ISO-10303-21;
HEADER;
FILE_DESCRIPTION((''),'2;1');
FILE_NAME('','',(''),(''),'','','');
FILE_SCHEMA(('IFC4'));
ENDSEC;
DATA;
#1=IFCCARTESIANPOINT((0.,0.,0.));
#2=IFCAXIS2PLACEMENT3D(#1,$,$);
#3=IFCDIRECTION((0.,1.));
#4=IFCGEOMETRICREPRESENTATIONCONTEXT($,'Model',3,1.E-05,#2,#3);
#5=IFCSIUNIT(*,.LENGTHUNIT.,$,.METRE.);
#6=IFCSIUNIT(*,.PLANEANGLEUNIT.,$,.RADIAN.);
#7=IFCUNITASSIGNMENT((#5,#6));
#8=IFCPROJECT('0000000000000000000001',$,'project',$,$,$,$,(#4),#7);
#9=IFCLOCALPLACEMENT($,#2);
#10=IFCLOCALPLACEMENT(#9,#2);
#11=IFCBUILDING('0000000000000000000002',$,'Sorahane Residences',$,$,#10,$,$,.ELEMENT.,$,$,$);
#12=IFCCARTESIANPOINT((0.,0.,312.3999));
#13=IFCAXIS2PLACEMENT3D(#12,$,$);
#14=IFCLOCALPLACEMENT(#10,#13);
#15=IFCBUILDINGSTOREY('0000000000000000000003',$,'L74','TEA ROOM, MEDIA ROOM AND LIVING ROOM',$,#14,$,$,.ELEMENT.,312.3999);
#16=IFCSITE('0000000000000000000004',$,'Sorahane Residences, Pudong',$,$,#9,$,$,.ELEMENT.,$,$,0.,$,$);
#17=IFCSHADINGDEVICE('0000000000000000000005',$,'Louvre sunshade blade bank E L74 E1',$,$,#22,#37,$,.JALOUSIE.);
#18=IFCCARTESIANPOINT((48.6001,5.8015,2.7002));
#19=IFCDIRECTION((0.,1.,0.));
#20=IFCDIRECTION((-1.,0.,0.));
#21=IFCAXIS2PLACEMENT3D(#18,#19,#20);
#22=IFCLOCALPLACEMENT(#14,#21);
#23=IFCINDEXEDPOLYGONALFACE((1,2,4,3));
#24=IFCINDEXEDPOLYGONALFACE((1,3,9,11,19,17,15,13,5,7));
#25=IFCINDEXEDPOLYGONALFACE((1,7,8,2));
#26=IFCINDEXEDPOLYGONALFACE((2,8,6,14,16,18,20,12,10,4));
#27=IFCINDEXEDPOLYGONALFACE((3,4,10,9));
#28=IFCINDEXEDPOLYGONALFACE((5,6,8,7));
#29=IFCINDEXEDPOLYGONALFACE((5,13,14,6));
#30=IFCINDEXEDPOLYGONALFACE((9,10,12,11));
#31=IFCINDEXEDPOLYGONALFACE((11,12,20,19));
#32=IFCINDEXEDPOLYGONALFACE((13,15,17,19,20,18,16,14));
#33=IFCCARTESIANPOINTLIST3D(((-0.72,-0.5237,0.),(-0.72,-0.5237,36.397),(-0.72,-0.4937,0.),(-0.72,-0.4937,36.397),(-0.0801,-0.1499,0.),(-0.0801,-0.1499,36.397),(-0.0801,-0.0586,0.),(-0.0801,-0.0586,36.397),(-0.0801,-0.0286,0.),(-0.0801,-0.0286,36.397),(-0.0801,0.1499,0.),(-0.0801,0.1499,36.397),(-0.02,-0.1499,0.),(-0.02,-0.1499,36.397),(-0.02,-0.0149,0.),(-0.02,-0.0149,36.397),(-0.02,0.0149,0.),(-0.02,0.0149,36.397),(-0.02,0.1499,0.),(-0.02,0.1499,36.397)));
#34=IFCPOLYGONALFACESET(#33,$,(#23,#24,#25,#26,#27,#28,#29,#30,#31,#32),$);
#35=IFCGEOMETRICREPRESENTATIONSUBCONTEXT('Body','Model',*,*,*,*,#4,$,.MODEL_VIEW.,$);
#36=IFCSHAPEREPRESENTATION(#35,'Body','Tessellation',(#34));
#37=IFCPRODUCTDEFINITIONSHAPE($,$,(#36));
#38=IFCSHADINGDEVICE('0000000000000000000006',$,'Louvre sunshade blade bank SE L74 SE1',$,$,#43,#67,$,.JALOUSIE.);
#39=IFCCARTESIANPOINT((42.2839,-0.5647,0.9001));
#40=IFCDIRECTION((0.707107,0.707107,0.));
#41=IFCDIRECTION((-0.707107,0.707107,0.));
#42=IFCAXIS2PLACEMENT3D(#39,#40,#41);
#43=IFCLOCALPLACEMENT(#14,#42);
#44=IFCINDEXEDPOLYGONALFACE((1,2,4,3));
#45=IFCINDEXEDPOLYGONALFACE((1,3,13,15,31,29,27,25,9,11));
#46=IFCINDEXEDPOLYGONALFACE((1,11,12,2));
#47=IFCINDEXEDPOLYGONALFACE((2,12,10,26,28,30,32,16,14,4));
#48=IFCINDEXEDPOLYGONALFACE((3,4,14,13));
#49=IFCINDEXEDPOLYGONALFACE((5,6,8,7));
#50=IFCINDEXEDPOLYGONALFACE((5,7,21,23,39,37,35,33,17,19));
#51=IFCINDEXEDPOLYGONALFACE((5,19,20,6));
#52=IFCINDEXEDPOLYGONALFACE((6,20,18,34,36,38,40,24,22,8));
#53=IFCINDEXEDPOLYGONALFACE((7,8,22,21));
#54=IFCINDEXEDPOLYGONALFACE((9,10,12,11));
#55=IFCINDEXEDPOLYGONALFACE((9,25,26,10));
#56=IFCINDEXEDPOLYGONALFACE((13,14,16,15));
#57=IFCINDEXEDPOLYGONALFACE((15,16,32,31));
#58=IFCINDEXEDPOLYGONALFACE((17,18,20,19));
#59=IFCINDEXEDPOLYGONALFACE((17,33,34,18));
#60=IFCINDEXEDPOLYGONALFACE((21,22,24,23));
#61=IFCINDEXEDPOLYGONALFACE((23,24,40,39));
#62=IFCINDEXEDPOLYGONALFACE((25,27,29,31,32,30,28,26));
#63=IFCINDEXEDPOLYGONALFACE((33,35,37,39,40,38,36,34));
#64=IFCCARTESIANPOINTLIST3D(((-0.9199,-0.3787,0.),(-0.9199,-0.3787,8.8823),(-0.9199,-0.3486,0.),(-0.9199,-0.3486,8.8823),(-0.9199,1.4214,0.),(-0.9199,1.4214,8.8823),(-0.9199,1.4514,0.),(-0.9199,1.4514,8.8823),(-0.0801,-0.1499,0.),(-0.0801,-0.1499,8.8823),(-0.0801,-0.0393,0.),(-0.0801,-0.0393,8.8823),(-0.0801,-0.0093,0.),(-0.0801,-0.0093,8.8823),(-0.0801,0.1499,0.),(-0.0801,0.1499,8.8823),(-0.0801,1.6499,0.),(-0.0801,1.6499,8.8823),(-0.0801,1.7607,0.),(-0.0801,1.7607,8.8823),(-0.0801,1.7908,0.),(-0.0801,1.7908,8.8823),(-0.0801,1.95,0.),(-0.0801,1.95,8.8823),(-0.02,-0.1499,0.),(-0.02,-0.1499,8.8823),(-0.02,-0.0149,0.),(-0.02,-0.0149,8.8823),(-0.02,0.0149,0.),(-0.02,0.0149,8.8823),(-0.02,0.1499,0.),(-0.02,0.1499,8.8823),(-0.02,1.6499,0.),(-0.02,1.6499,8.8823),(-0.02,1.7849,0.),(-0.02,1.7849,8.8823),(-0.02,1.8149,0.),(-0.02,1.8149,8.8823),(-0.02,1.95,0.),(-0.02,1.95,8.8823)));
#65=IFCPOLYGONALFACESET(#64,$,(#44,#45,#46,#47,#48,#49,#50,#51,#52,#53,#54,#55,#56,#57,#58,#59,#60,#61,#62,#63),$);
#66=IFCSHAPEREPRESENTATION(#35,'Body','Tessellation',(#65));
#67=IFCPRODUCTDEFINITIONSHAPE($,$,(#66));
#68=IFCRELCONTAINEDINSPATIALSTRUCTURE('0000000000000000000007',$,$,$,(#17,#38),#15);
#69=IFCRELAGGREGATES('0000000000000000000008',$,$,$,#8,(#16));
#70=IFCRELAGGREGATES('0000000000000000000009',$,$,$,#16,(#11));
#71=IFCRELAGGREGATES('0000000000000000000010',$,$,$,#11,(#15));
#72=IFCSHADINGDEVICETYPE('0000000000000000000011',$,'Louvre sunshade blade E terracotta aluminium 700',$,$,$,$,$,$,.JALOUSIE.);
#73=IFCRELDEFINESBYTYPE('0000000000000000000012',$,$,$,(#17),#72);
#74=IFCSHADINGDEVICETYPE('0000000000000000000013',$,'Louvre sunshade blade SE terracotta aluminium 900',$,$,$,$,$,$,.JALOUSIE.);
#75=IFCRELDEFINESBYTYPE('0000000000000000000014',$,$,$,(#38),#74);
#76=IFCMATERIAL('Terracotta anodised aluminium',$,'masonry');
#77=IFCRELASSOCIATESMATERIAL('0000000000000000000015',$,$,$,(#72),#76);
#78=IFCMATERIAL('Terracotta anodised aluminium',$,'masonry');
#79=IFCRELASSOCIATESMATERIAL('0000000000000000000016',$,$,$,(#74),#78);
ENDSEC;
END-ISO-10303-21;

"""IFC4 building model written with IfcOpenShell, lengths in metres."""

from ifc_helpers import new_model, si_unit, direction, frame, origin, place, context, subcontext, project, spatial, polyline, outline, composite_profile, extrude, material, type_object, element, save


model = new_model("IFC4")

# Units and contexts
model_context = context("Model", 3, precision=1e-05, world=origin(), true_north=direction((0.0, 1.0)))
body_context = subcontext(model_context, "Body", "Model", "MODEL_VIEW")
ifc_project = project(units=[si_unit("LENGTHUNIT", "METRE"), si_unit("PLANEANGLEUNIT", "RADIAN")], contexts=[model_context])

# Site, building, storey
site_placement = place(None, origin())
site = spatial("IfcSite", under=ifc_project, at=site_placement, Name="Sorahane Residences, Pudong", CompositionType="ELEMENT", RefElevation=0.0)
building_placement = place(site_placement, origin())
building = spatial("IfcBuilding", under=site, at=building_placement, Name="Sorahane Residences", CompositionType="ELEMENT")
storey_placement = place(building_placement, frame((0.0, 0.0, 312.3999)))
storey = spatial("IfcBuildingStorey", under=building, at=storey_placement, Name="L74", Description="TEA ROOM, MEDIA ROOM AND LIVING ROOM", CompositionType="ELEMENT", Elevation=312.3999)

# Shading devices
ifc_material_1 = material(Name="Terracotta anodised aluminium", Category="masonry")
shading_device_type_1 = type_object("IfcShadingDeviceType", Name="Louvre sunshade blade E terracotta aluminium 700", PredefinedType="JALOUSIE", material=ifc_material_1)
shading_device_1_placement = place(storey_placement, frame((48.6001, 5.8015, 2.7002), z_axis=(0.0, 1.0, 0.0), x_axis=(-1.0, 0.0, 0.0)))
element("IfcShadingDevice", 1, at=shading_device_1_placement, inside=storey, type_object=shading_device_type_1, Name="Louvre sunshade blade bank E L74 E1", PredefinedType="JALOUSIE", context=body_context, shape_type="SweptSolid", body=[
    extrude(outline(polyline([(-0.72, -0.4937), (-0.72, -0.5237), (-0.0801, -0.0586), (-0.0801, -0.1499), (-0.02, -0.1499), (-0.02, -0.0149), (-0.02, 0.0149), (-0.02, 0.1499), (-0.0801, 0.1499), (-0.0801, -0.0286), (-0.72, -0.4937)])), origin(), (0.0, 0.0, 1.0), 36.397),
])
ifc_material_2 = material(Name="Terracotta anodised aluminium", Category="masonry")
shading_device_type_2 = type_object("IfcShadingDeviceType", Name="Louvre sunshade blade SE terracotta aluminium 900", PredefinedType="JALOUSIE", material=ifc_material_2)
shading_device_2_placement = place(storey_placement, frame((42.2839, -0.5647, 0.9001), z_axis=(0.707107, 0.707107, 0.0), x_axis=(-0.707107, 0.707107, 0.0)))
element("IfcShadingDevice", 2, at=shading_device_2_placement, inside=storey, type_object=shading_device_type_2, Name="Louvre sunshade blade bank SE L74 SE1", PredefinedType="JALOUSIE", context=body_context, shape_type="SweptSolid", body=[
    extrude(composite_profile([outline(polyline([(-0.9199, -0.3486), (-0.9199, -0.3787), (-0.0801, -0.0393), (-0.0801, -0.1499), (-0.02, -0.1499), (-0.02, -0.0149), (-0.02, 0.0149), (-0.02, 0.1499), (-0.0801, 0.1499), (-0.0801, -0.0093), (-0.9199, -0.3486)])), outline(polyline([(-0.9199, 1.4514), (-0.9199, 1.4214), (-0.0801, 1.7607), (-0.0801, 1.6499), (-0.02, 1.6499), (-0.02, 1.7849), (-0.02, 1.8149), (-0.02, 1.95), (-0.0801, 1.95), (-0.0801, 1.7908), (-0.9199, 1.4514)]))]), origin(), (0.0, 0.0, 1.0), 8.8823),
])

save(model, "model.ifc")
